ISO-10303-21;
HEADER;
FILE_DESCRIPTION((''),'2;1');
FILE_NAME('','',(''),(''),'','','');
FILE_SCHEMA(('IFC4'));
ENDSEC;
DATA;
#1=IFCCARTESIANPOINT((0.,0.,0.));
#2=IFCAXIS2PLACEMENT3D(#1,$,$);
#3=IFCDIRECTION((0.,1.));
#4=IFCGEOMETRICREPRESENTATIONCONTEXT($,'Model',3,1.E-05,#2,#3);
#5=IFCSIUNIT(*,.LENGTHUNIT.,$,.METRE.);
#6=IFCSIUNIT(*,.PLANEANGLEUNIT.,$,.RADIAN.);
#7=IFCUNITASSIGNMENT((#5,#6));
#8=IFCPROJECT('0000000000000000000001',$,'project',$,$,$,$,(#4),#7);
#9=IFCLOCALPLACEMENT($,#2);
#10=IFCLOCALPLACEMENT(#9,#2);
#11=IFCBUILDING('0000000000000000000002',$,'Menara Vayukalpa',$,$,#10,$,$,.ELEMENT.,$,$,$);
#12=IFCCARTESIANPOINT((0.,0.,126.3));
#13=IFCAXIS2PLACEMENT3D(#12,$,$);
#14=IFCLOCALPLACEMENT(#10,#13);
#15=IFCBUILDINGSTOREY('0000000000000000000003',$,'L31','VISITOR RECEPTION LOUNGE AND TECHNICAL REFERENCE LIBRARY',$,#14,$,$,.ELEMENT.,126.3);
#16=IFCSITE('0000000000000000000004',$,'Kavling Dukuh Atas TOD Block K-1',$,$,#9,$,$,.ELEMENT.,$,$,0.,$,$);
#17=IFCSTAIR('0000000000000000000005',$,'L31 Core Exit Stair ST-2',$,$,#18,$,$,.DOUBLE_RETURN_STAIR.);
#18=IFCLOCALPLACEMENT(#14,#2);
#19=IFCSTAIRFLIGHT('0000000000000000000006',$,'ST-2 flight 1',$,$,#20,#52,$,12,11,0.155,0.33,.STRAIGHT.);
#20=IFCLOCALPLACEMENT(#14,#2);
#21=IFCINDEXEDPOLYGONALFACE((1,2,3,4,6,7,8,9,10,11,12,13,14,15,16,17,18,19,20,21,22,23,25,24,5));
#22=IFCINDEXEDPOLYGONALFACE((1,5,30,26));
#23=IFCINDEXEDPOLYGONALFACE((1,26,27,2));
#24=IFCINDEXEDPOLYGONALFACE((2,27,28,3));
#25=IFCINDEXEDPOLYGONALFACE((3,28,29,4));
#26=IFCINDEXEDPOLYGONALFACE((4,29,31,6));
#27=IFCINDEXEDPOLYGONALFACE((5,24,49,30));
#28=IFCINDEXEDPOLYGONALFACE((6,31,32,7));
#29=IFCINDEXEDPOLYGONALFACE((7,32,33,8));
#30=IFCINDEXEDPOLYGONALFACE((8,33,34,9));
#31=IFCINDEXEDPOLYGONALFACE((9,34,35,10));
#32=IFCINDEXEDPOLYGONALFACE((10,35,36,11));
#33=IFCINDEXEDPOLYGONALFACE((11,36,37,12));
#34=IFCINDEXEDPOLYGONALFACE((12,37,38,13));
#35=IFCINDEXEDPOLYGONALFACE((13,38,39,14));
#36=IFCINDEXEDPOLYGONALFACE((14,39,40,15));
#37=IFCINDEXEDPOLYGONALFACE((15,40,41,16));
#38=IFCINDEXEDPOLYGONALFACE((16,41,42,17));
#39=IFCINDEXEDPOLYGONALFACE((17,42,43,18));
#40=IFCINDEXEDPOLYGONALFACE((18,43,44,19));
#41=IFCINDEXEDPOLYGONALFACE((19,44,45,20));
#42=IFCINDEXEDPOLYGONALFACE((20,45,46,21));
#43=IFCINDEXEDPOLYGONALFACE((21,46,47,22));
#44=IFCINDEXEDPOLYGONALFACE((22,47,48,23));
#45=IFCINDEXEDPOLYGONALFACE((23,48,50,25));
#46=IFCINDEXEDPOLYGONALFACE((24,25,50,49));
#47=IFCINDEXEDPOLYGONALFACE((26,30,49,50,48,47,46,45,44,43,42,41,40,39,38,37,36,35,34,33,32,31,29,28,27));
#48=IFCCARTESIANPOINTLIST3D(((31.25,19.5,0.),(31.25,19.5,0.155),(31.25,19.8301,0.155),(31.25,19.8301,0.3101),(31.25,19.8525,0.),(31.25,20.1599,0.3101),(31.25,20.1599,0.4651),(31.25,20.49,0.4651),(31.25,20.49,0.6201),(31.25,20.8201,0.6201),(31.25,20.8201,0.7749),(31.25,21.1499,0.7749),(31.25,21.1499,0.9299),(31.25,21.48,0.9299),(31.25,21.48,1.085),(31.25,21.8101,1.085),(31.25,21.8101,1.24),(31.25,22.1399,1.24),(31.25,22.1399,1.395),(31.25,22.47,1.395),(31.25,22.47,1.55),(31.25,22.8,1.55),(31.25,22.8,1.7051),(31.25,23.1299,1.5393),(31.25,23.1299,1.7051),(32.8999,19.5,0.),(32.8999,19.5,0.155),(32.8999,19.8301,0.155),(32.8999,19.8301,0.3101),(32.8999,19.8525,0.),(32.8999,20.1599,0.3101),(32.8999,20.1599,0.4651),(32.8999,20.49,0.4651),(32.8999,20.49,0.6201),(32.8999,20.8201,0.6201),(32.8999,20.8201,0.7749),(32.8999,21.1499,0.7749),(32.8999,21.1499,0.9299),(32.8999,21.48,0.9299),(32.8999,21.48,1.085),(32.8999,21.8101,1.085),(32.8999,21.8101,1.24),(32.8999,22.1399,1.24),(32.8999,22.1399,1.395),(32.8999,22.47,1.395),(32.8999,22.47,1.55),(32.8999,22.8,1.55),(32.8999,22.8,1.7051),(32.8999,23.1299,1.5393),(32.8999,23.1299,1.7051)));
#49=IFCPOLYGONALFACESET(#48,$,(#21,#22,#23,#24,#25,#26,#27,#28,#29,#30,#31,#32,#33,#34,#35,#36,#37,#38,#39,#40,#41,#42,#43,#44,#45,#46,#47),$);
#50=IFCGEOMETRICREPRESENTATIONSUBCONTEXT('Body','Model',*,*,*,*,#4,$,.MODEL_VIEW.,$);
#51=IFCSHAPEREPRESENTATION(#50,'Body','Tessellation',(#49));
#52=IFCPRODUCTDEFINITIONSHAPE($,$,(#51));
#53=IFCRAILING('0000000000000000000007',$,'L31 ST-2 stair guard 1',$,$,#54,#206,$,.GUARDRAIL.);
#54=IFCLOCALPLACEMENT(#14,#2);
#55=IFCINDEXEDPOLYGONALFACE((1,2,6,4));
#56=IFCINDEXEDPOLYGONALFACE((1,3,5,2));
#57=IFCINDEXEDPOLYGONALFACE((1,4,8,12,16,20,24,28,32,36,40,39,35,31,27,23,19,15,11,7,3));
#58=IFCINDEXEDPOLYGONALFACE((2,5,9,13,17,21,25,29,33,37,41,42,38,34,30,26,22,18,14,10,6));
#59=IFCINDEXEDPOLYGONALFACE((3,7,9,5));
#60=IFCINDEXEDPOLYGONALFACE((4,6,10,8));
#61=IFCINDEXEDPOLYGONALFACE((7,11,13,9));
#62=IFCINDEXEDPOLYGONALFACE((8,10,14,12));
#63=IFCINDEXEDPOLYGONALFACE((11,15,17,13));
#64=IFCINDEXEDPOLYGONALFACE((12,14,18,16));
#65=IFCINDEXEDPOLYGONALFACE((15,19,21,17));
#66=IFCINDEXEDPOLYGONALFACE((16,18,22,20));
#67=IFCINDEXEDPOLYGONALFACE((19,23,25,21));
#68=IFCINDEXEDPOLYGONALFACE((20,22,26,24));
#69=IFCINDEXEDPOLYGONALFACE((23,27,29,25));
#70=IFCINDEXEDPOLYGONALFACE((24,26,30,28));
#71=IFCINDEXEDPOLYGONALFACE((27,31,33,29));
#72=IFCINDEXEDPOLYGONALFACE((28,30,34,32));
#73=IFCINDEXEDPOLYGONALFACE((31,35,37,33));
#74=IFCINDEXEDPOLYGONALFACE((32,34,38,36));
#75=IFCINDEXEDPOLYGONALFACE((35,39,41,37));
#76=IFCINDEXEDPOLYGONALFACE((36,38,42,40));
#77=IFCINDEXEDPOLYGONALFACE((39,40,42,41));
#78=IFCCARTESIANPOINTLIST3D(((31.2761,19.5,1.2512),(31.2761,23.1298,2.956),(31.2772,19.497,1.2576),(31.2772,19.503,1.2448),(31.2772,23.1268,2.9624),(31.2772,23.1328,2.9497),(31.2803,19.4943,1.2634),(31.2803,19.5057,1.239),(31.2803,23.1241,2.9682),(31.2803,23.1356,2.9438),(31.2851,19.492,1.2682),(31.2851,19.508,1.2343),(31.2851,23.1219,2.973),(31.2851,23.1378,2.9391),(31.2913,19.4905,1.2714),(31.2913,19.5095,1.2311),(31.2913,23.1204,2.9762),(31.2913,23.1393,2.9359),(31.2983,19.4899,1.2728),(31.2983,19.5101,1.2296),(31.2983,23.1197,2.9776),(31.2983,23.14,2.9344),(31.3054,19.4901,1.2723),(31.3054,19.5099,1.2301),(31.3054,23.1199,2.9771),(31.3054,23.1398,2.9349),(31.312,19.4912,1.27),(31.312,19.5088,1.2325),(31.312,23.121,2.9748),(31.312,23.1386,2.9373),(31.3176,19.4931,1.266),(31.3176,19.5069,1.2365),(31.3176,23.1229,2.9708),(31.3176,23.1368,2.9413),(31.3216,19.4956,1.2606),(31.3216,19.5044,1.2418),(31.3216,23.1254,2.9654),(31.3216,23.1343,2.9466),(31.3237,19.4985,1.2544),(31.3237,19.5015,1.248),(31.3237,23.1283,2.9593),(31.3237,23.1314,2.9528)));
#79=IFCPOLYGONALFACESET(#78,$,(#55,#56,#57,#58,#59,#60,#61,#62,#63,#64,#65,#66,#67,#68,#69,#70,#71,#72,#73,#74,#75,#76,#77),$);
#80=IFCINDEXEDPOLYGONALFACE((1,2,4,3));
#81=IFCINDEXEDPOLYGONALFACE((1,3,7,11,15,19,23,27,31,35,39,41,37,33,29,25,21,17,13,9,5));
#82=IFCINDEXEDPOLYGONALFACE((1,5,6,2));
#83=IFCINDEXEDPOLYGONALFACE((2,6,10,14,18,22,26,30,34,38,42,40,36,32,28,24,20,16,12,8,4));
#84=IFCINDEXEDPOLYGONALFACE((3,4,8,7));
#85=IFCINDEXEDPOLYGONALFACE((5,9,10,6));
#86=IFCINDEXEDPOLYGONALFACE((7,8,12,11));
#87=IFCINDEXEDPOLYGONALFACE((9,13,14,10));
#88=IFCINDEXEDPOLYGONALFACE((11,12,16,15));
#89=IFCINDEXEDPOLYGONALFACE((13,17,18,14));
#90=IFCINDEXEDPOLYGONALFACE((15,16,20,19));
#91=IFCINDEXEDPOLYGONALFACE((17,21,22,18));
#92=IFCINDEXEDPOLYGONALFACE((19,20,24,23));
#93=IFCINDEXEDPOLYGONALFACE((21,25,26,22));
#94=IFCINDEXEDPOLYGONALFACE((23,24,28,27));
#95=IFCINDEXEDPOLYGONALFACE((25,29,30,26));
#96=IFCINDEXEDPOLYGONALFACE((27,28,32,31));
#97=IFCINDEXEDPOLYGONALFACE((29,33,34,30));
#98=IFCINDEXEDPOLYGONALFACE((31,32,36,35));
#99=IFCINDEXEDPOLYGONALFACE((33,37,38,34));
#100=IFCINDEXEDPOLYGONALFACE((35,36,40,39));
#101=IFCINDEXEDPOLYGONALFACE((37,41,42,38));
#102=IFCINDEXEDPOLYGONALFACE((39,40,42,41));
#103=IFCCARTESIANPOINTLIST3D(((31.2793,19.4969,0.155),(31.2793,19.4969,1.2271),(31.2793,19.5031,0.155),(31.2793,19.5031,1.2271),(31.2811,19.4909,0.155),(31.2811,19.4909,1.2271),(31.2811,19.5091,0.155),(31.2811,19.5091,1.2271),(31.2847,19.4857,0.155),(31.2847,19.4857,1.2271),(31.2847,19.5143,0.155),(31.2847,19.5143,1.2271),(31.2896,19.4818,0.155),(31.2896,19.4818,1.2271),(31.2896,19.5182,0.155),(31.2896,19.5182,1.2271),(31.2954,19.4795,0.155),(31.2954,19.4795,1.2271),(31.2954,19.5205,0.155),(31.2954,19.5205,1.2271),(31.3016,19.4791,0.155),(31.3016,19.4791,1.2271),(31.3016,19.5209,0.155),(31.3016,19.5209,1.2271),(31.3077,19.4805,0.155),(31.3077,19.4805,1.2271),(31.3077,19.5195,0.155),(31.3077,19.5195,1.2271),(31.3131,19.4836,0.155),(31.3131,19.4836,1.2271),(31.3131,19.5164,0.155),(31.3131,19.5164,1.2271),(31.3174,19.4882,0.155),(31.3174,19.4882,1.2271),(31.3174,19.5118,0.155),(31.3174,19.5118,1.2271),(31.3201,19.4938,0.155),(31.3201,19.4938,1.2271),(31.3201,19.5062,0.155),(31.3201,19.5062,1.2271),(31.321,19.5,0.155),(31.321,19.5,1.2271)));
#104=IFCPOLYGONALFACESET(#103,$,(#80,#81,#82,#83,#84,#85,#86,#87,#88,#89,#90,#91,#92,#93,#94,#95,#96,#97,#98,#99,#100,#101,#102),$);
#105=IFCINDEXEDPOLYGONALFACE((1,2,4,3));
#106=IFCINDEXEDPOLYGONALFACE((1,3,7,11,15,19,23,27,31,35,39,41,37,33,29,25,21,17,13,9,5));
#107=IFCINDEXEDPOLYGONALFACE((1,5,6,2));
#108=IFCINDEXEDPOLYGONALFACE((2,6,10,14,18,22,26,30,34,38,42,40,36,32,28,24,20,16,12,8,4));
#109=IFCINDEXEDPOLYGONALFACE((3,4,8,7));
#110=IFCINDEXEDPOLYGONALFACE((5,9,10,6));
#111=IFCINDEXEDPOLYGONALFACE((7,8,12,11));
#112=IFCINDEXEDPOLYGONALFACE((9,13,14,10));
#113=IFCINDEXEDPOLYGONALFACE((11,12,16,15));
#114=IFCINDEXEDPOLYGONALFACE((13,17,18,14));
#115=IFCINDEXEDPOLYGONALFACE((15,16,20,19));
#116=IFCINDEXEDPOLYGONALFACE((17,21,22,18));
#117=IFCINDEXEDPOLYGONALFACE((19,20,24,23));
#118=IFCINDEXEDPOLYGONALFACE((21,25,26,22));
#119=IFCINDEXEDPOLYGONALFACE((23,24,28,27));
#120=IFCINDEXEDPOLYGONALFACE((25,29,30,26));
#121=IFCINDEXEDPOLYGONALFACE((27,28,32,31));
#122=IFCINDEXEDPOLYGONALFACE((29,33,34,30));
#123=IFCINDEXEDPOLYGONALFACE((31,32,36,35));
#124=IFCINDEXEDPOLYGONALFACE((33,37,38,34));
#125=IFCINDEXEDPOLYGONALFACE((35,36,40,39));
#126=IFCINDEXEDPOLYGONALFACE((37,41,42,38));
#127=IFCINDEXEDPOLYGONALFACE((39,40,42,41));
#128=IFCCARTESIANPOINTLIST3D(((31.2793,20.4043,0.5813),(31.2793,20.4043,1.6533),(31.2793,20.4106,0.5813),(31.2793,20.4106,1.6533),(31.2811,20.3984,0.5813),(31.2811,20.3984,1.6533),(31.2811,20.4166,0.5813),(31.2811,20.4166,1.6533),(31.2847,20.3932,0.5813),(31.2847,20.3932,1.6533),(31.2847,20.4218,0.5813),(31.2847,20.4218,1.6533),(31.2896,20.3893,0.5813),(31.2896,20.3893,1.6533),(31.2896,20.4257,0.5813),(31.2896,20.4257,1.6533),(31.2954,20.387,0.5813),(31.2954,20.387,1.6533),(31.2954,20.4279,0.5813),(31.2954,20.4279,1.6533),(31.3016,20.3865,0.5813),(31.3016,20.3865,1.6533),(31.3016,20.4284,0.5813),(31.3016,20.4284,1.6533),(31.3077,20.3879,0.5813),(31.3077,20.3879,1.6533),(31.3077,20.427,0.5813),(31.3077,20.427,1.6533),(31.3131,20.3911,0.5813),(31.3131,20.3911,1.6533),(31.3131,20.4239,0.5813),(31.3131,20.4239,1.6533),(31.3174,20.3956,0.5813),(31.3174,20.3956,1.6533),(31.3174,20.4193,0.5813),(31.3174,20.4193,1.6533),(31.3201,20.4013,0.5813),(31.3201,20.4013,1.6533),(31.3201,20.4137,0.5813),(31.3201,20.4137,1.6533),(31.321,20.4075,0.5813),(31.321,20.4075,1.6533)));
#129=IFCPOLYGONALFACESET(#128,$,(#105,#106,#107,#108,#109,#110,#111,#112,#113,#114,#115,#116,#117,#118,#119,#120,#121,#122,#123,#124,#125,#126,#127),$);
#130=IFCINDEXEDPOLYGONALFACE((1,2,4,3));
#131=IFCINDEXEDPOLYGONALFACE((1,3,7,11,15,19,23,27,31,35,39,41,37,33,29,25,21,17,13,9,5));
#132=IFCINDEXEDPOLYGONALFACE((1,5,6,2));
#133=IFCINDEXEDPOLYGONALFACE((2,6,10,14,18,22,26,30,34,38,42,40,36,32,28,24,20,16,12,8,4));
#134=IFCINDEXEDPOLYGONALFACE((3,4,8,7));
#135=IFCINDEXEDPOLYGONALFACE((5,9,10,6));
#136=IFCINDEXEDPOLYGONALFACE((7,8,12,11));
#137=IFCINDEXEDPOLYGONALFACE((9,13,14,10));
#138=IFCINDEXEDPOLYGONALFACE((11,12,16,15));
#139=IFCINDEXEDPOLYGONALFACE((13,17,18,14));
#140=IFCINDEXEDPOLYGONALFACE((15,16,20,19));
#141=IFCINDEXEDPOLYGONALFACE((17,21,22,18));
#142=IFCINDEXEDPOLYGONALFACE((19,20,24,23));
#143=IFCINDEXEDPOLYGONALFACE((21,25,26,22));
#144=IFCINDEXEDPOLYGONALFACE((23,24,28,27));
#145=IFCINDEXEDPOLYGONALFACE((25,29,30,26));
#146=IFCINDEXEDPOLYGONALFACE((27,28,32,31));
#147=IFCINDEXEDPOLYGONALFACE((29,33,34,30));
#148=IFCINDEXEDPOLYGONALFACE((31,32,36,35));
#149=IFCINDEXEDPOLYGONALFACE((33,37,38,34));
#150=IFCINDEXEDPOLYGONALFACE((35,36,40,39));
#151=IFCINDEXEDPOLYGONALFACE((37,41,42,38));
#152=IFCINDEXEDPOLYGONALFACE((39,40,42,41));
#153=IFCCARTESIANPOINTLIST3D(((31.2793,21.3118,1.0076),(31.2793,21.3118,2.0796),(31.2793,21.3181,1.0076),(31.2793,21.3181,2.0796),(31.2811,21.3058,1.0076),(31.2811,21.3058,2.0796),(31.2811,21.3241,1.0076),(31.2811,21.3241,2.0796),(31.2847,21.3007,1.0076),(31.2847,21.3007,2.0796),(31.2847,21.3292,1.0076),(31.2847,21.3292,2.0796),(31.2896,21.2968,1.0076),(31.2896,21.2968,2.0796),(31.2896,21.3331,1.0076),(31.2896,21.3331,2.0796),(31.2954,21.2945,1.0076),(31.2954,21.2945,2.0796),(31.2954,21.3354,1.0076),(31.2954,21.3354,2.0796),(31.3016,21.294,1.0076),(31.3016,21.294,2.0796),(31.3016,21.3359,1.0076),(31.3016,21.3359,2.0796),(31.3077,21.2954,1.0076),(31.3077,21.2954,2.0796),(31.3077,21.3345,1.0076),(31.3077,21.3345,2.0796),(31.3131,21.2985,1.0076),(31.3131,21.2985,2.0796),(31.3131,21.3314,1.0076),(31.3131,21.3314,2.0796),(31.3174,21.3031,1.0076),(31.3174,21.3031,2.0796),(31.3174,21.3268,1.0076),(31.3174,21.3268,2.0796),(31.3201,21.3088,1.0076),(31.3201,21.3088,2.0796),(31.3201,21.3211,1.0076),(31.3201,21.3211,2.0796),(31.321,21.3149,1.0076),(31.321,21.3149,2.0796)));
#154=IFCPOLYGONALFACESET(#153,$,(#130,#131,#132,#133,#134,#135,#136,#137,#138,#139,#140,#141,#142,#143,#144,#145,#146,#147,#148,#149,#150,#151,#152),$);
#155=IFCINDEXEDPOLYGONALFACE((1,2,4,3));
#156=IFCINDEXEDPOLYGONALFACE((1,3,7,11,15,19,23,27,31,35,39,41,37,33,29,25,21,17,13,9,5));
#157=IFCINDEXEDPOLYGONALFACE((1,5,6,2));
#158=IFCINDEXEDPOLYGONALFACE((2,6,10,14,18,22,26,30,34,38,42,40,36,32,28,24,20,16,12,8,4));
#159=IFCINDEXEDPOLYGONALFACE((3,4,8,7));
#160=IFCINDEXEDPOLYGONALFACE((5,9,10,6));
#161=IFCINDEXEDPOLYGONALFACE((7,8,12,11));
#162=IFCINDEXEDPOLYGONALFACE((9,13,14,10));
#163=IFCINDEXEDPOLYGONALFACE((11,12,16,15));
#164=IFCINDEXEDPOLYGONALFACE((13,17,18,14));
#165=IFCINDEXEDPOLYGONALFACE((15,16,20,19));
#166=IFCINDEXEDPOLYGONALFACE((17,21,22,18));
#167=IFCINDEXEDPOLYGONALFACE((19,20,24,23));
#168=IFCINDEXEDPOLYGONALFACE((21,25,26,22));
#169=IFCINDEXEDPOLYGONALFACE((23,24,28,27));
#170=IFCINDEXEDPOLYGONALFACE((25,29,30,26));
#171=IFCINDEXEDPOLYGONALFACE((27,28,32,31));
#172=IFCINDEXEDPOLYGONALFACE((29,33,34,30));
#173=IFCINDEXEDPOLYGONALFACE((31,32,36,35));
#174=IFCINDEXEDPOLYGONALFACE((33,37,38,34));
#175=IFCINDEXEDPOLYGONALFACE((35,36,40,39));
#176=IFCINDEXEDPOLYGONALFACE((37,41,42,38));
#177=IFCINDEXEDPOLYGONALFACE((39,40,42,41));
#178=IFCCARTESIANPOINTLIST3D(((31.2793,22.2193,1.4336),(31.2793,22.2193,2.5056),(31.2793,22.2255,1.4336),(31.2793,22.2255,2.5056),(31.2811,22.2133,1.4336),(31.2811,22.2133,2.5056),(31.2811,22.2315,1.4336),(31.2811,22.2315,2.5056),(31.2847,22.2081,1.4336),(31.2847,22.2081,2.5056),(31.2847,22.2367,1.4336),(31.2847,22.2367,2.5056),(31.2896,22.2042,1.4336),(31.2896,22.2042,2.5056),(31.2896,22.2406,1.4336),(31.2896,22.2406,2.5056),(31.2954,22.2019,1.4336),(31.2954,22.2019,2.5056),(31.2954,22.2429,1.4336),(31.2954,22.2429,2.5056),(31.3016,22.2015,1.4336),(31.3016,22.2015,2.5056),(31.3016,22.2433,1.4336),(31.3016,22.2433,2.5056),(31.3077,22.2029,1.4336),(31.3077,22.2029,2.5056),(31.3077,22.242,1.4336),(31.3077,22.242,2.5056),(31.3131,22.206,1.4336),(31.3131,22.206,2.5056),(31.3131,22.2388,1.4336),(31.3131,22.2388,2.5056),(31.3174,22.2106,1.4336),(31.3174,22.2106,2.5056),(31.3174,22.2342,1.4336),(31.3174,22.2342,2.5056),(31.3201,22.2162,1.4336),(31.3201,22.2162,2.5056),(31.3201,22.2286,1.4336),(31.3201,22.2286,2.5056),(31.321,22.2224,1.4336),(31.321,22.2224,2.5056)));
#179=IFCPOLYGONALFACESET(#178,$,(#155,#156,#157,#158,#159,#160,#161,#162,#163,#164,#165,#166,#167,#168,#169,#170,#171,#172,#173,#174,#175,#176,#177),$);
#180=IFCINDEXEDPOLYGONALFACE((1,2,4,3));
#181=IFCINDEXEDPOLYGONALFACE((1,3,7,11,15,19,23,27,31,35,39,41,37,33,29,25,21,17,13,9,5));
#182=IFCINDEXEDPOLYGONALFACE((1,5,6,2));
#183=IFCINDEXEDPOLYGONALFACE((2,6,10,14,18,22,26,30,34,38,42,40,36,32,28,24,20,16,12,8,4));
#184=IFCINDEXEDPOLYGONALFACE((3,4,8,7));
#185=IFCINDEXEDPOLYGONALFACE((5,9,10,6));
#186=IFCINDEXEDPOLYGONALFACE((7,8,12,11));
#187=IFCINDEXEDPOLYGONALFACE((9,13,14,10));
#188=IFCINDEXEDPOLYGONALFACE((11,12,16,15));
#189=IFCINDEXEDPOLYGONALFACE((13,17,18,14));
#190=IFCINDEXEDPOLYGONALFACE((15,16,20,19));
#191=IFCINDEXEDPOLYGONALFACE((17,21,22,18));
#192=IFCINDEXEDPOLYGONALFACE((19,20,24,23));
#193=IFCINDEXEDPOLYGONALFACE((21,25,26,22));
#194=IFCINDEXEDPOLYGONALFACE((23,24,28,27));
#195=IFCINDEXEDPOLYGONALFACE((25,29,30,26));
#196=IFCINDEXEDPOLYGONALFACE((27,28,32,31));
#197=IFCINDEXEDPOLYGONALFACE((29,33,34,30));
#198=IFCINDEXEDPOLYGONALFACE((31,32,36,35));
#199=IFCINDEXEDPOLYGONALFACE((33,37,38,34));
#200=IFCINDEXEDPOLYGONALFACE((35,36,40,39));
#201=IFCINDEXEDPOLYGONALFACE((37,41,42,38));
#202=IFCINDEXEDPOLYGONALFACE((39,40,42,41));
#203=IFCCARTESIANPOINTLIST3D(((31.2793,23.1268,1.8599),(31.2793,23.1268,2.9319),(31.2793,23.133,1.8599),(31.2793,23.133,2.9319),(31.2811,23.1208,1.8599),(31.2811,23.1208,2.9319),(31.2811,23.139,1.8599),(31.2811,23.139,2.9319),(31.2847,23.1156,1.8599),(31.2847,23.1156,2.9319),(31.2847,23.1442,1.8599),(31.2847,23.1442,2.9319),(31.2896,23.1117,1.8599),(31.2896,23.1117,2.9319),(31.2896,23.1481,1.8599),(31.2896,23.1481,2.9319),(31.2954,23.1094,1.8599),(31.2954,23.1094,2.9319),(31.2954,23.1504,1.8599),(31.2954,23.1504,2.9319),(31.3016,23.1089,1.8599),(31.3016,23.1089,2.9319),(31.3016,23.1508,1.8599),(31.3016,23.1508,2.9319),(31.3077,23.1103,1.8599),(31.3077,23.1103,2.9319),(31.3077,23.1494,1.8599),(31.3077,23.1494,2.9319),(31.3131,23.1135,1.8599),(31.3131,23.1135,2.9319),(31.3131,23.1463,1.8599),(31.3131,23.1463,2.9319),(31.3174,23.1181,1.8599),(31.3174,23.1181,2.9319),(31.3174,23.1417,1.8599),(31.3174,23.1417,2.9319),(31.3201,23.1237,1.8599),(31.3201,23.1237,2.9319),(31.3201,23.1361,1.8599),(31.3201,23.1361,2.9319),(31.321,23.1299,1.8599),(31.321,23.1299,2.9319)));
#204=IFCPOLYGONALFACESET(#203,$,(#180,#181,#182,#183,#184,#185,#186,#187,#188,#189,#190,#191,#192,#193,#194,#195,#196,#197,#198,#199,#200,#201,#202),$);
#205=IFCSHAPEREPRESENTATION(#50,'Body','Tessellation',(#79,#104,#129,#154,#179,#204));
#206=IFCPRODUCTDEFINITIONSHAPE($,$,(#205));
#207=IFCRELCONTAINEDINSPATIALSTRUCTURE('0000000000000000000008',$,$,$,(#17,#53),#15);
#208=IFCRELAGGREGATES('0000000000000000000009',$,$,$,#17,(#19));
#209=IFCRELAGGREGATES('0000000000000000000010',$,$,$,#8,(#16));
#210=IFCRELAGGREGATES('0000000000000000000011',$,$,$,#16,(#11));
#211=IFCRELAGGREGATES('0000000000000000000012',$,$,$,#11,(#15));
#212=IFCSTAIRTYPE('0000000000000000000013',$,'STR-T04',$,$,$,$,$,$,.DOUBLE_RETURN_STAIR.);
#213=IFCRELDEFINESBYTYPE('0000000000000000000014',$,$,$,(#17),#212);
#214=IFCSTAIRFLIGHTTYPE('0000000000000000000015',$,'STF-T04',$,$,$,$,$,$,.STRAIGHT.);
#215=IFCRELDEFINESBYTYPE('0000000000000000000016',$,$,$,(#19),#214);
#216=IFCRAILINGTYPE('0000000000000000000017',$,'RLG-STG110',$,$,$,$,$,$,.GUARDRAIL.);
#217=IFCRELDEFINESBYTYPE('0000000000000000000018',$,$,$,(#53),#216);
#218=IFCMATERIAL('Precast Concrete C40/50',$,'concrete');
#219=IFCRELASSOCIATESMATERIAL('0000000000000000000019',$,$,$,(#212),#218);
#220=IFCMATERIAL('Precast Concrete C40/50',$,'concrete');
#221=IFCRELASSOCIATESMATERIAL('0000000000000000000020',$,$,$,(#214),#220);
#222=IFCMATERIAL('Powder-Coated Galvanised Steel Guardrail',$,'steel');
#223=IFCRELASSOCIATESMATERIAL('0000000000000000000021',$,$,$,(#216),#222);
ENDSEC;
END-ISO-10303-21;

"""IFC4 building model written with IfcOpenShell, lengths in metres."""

from ifc_helpers import new_model, si_unit, direction, frame, origin, origin_2d, place, context, subcontext, project, spatial, polyline, circle, outline, extrude, material, type_object, element, aggregate, save


model = new_model("IFC4")

# Units and contexts
model_context = context("Model", 3, precision=1e-05, world=origin(), true_north=direction((0.0, 1.0)))
body_context = subcontext(model_context, "Body", "Model", "MODEL_VIEW")
ifc_project = project(units=[si_unit("LENGTHUNIT", "METRE"), si_unit("PLANEANGLEUNIT", "RADIAN")], contexts=[model_context])

# Site, building, storey
site_placement = place(None, origin())
site = spatial("IfcSite", under=ifc_project, at=site_placement, Name="Kavling Dukuh Atas TOD Block K-1", CompositionType="ELEMENT", RefElevation=0.0)
building_placement = place(site_placement, origin())
building = spatial("IfcBuilding", under=site, at=building_placement, Name="Menara Vayukalpa", CompositionType="ELEMENT")
storey_placement = place(building_placement, frame((0.0, 0.0, 126.3)))
storey = spatial("IfcBuildingStorey", under=building, at=storey_placement, Name="L31", Description="VISITOR RECEPTION LOUNGE AND TECHNICAL REFERENCE LIBRARY", CompositionType="ELEMENT", Elevation=126.3)

# Stair, stair flight
ifc_material_1 = material(Name="Precast Concrete C40/50", Category="concrete")
stair_type = type_object("IfcStairType", Name="STR-T04", PredefinedType="DOUBLE_RETURN_STAIR", material=ifc_material_1)
stair_placement = place(storey_placement, origin())
stair = element("IfcStair", 1, at=stair_placement, inside=storey, type_object=stair_type, Name="L31 Core Exit Stair ST-2", PredefinedType="DOUBLE_RETURN_STAIR")
ifc_material_2 = material(Name="Precast Concrete C40/50", Category="concrete")
stair_flight_type = type_object("IfcStairFlightType", Name="STF-T04", PredefinedType="STRAIGHT", material=ifc_material_2)
stair_flight_placement = place(storey_placement, frame((32.075, 19.5, 0.0), z_axis=(0.0, 0.0, 1.0), x_axis=(0.0, 1.0, 0.0)))
stair_flight = element("IfcStairFlight", 2, at=stair_flight_placement, type_object=stair_flight_type, Name="ST-2 flight 1", NumberOfRisers=12, NumberOfTreads=11, PredefinedType="STRAIGHT", RiserHeight=0.155, TreadLength=0.33, context=body_context, shape_type="SweptSolid", body=[
    extrude(outline(polyline([(0.0, 0.0), (0.0, 0.155), (0.3301, 0.155), (0.3301, 0.3101), (0.6599, 0.3101), (0.6599, 0.4651), (0.99, 0.4651), (0.99, 0.6201), (1.3201, 0.6201), (1.3201, 0.7749), (1.6499, 0.7749), (1.6499, 0.9299), (1.98, 0.9299), (1.98, 1.085), (2.3101, 1.085), (2.3101, 1.24), (2.6399, 1.24), (2.6399, 1.395), (2.97, 1.395), (2.97, 1.55), (3.3, 1.55), (3.3, 1.7051), (3.6299, 1.7051), (3.6299, 1.8601), (3.6299, 1.5393), (0.3525, 0.0), (0.0, 0.0)])), frame((0.0, 0.825, 0.0), z_axis=(0.0, -1.0, 0.0), x_axis=(1.0, 0.0, 0.0)), (0.0, 0.0, 1.0), 1.6499),
])
aggregate(stair, [stair_flight])

# Railing
ifc_material_3 = material(Name="Powder-Coated Galvanised Steel Guardrail", Category="steel")
railing_type_1 = type_object("IfcRailingType", Name="RLG-STG110", PredefinedType="GUARDRAIL", material=ifc_material_3)
railing_1_placement = place(storey_placement, frame((31.3, 19.5, 0.155)))
element("IfcRailing", 3, at=railing_1_placement, inside=storey, type_object=railing_type_1, Name="L31 ST-2 stair guard 1", PredefinedType="GUARDRAIL", context=body_context, shape_type="SweptSolid", body=[
    extrude(circle(Radius=0.0239, at=origin_2d()), frame((0.0, 0.0, 1.0962), z_axis=(0.0, 0.90514, 0.425114), x_axis=(-1.0, 0.0, 0.0)), (0.0, 0.0, 1.0), 4.0103),
    extrude(circle(Radius=0.021, at=origin_2d()), origin(), (0.0, 0.0, 1.0), 1.072),
    extrude(circle(Radius=0.021, at=origin_2d()), frame((0.0, 0.9075, 0.4263)), (0.0, 0.0, 1.0), 1.072),
    extrude(circle(Radius=0.021, at=origin_2d()), frame((0.0, 1.8149, 0.8525)), (0.0, 0.0, 1.0), 1.072),
    extrude(circle(Radius=0.021, at=origin_2d()), frame((0.0, 2.7224, 1.2786)), (0.0, 0.0, 1.0), 1.072),
    extrude(circle(Radius=0.021, at=origin_2d()), frame((0.0, 3.6299, 1.7048)), (0.0, 0.0, 1.0), 1.072),
])

save(model, "model.ifc")
